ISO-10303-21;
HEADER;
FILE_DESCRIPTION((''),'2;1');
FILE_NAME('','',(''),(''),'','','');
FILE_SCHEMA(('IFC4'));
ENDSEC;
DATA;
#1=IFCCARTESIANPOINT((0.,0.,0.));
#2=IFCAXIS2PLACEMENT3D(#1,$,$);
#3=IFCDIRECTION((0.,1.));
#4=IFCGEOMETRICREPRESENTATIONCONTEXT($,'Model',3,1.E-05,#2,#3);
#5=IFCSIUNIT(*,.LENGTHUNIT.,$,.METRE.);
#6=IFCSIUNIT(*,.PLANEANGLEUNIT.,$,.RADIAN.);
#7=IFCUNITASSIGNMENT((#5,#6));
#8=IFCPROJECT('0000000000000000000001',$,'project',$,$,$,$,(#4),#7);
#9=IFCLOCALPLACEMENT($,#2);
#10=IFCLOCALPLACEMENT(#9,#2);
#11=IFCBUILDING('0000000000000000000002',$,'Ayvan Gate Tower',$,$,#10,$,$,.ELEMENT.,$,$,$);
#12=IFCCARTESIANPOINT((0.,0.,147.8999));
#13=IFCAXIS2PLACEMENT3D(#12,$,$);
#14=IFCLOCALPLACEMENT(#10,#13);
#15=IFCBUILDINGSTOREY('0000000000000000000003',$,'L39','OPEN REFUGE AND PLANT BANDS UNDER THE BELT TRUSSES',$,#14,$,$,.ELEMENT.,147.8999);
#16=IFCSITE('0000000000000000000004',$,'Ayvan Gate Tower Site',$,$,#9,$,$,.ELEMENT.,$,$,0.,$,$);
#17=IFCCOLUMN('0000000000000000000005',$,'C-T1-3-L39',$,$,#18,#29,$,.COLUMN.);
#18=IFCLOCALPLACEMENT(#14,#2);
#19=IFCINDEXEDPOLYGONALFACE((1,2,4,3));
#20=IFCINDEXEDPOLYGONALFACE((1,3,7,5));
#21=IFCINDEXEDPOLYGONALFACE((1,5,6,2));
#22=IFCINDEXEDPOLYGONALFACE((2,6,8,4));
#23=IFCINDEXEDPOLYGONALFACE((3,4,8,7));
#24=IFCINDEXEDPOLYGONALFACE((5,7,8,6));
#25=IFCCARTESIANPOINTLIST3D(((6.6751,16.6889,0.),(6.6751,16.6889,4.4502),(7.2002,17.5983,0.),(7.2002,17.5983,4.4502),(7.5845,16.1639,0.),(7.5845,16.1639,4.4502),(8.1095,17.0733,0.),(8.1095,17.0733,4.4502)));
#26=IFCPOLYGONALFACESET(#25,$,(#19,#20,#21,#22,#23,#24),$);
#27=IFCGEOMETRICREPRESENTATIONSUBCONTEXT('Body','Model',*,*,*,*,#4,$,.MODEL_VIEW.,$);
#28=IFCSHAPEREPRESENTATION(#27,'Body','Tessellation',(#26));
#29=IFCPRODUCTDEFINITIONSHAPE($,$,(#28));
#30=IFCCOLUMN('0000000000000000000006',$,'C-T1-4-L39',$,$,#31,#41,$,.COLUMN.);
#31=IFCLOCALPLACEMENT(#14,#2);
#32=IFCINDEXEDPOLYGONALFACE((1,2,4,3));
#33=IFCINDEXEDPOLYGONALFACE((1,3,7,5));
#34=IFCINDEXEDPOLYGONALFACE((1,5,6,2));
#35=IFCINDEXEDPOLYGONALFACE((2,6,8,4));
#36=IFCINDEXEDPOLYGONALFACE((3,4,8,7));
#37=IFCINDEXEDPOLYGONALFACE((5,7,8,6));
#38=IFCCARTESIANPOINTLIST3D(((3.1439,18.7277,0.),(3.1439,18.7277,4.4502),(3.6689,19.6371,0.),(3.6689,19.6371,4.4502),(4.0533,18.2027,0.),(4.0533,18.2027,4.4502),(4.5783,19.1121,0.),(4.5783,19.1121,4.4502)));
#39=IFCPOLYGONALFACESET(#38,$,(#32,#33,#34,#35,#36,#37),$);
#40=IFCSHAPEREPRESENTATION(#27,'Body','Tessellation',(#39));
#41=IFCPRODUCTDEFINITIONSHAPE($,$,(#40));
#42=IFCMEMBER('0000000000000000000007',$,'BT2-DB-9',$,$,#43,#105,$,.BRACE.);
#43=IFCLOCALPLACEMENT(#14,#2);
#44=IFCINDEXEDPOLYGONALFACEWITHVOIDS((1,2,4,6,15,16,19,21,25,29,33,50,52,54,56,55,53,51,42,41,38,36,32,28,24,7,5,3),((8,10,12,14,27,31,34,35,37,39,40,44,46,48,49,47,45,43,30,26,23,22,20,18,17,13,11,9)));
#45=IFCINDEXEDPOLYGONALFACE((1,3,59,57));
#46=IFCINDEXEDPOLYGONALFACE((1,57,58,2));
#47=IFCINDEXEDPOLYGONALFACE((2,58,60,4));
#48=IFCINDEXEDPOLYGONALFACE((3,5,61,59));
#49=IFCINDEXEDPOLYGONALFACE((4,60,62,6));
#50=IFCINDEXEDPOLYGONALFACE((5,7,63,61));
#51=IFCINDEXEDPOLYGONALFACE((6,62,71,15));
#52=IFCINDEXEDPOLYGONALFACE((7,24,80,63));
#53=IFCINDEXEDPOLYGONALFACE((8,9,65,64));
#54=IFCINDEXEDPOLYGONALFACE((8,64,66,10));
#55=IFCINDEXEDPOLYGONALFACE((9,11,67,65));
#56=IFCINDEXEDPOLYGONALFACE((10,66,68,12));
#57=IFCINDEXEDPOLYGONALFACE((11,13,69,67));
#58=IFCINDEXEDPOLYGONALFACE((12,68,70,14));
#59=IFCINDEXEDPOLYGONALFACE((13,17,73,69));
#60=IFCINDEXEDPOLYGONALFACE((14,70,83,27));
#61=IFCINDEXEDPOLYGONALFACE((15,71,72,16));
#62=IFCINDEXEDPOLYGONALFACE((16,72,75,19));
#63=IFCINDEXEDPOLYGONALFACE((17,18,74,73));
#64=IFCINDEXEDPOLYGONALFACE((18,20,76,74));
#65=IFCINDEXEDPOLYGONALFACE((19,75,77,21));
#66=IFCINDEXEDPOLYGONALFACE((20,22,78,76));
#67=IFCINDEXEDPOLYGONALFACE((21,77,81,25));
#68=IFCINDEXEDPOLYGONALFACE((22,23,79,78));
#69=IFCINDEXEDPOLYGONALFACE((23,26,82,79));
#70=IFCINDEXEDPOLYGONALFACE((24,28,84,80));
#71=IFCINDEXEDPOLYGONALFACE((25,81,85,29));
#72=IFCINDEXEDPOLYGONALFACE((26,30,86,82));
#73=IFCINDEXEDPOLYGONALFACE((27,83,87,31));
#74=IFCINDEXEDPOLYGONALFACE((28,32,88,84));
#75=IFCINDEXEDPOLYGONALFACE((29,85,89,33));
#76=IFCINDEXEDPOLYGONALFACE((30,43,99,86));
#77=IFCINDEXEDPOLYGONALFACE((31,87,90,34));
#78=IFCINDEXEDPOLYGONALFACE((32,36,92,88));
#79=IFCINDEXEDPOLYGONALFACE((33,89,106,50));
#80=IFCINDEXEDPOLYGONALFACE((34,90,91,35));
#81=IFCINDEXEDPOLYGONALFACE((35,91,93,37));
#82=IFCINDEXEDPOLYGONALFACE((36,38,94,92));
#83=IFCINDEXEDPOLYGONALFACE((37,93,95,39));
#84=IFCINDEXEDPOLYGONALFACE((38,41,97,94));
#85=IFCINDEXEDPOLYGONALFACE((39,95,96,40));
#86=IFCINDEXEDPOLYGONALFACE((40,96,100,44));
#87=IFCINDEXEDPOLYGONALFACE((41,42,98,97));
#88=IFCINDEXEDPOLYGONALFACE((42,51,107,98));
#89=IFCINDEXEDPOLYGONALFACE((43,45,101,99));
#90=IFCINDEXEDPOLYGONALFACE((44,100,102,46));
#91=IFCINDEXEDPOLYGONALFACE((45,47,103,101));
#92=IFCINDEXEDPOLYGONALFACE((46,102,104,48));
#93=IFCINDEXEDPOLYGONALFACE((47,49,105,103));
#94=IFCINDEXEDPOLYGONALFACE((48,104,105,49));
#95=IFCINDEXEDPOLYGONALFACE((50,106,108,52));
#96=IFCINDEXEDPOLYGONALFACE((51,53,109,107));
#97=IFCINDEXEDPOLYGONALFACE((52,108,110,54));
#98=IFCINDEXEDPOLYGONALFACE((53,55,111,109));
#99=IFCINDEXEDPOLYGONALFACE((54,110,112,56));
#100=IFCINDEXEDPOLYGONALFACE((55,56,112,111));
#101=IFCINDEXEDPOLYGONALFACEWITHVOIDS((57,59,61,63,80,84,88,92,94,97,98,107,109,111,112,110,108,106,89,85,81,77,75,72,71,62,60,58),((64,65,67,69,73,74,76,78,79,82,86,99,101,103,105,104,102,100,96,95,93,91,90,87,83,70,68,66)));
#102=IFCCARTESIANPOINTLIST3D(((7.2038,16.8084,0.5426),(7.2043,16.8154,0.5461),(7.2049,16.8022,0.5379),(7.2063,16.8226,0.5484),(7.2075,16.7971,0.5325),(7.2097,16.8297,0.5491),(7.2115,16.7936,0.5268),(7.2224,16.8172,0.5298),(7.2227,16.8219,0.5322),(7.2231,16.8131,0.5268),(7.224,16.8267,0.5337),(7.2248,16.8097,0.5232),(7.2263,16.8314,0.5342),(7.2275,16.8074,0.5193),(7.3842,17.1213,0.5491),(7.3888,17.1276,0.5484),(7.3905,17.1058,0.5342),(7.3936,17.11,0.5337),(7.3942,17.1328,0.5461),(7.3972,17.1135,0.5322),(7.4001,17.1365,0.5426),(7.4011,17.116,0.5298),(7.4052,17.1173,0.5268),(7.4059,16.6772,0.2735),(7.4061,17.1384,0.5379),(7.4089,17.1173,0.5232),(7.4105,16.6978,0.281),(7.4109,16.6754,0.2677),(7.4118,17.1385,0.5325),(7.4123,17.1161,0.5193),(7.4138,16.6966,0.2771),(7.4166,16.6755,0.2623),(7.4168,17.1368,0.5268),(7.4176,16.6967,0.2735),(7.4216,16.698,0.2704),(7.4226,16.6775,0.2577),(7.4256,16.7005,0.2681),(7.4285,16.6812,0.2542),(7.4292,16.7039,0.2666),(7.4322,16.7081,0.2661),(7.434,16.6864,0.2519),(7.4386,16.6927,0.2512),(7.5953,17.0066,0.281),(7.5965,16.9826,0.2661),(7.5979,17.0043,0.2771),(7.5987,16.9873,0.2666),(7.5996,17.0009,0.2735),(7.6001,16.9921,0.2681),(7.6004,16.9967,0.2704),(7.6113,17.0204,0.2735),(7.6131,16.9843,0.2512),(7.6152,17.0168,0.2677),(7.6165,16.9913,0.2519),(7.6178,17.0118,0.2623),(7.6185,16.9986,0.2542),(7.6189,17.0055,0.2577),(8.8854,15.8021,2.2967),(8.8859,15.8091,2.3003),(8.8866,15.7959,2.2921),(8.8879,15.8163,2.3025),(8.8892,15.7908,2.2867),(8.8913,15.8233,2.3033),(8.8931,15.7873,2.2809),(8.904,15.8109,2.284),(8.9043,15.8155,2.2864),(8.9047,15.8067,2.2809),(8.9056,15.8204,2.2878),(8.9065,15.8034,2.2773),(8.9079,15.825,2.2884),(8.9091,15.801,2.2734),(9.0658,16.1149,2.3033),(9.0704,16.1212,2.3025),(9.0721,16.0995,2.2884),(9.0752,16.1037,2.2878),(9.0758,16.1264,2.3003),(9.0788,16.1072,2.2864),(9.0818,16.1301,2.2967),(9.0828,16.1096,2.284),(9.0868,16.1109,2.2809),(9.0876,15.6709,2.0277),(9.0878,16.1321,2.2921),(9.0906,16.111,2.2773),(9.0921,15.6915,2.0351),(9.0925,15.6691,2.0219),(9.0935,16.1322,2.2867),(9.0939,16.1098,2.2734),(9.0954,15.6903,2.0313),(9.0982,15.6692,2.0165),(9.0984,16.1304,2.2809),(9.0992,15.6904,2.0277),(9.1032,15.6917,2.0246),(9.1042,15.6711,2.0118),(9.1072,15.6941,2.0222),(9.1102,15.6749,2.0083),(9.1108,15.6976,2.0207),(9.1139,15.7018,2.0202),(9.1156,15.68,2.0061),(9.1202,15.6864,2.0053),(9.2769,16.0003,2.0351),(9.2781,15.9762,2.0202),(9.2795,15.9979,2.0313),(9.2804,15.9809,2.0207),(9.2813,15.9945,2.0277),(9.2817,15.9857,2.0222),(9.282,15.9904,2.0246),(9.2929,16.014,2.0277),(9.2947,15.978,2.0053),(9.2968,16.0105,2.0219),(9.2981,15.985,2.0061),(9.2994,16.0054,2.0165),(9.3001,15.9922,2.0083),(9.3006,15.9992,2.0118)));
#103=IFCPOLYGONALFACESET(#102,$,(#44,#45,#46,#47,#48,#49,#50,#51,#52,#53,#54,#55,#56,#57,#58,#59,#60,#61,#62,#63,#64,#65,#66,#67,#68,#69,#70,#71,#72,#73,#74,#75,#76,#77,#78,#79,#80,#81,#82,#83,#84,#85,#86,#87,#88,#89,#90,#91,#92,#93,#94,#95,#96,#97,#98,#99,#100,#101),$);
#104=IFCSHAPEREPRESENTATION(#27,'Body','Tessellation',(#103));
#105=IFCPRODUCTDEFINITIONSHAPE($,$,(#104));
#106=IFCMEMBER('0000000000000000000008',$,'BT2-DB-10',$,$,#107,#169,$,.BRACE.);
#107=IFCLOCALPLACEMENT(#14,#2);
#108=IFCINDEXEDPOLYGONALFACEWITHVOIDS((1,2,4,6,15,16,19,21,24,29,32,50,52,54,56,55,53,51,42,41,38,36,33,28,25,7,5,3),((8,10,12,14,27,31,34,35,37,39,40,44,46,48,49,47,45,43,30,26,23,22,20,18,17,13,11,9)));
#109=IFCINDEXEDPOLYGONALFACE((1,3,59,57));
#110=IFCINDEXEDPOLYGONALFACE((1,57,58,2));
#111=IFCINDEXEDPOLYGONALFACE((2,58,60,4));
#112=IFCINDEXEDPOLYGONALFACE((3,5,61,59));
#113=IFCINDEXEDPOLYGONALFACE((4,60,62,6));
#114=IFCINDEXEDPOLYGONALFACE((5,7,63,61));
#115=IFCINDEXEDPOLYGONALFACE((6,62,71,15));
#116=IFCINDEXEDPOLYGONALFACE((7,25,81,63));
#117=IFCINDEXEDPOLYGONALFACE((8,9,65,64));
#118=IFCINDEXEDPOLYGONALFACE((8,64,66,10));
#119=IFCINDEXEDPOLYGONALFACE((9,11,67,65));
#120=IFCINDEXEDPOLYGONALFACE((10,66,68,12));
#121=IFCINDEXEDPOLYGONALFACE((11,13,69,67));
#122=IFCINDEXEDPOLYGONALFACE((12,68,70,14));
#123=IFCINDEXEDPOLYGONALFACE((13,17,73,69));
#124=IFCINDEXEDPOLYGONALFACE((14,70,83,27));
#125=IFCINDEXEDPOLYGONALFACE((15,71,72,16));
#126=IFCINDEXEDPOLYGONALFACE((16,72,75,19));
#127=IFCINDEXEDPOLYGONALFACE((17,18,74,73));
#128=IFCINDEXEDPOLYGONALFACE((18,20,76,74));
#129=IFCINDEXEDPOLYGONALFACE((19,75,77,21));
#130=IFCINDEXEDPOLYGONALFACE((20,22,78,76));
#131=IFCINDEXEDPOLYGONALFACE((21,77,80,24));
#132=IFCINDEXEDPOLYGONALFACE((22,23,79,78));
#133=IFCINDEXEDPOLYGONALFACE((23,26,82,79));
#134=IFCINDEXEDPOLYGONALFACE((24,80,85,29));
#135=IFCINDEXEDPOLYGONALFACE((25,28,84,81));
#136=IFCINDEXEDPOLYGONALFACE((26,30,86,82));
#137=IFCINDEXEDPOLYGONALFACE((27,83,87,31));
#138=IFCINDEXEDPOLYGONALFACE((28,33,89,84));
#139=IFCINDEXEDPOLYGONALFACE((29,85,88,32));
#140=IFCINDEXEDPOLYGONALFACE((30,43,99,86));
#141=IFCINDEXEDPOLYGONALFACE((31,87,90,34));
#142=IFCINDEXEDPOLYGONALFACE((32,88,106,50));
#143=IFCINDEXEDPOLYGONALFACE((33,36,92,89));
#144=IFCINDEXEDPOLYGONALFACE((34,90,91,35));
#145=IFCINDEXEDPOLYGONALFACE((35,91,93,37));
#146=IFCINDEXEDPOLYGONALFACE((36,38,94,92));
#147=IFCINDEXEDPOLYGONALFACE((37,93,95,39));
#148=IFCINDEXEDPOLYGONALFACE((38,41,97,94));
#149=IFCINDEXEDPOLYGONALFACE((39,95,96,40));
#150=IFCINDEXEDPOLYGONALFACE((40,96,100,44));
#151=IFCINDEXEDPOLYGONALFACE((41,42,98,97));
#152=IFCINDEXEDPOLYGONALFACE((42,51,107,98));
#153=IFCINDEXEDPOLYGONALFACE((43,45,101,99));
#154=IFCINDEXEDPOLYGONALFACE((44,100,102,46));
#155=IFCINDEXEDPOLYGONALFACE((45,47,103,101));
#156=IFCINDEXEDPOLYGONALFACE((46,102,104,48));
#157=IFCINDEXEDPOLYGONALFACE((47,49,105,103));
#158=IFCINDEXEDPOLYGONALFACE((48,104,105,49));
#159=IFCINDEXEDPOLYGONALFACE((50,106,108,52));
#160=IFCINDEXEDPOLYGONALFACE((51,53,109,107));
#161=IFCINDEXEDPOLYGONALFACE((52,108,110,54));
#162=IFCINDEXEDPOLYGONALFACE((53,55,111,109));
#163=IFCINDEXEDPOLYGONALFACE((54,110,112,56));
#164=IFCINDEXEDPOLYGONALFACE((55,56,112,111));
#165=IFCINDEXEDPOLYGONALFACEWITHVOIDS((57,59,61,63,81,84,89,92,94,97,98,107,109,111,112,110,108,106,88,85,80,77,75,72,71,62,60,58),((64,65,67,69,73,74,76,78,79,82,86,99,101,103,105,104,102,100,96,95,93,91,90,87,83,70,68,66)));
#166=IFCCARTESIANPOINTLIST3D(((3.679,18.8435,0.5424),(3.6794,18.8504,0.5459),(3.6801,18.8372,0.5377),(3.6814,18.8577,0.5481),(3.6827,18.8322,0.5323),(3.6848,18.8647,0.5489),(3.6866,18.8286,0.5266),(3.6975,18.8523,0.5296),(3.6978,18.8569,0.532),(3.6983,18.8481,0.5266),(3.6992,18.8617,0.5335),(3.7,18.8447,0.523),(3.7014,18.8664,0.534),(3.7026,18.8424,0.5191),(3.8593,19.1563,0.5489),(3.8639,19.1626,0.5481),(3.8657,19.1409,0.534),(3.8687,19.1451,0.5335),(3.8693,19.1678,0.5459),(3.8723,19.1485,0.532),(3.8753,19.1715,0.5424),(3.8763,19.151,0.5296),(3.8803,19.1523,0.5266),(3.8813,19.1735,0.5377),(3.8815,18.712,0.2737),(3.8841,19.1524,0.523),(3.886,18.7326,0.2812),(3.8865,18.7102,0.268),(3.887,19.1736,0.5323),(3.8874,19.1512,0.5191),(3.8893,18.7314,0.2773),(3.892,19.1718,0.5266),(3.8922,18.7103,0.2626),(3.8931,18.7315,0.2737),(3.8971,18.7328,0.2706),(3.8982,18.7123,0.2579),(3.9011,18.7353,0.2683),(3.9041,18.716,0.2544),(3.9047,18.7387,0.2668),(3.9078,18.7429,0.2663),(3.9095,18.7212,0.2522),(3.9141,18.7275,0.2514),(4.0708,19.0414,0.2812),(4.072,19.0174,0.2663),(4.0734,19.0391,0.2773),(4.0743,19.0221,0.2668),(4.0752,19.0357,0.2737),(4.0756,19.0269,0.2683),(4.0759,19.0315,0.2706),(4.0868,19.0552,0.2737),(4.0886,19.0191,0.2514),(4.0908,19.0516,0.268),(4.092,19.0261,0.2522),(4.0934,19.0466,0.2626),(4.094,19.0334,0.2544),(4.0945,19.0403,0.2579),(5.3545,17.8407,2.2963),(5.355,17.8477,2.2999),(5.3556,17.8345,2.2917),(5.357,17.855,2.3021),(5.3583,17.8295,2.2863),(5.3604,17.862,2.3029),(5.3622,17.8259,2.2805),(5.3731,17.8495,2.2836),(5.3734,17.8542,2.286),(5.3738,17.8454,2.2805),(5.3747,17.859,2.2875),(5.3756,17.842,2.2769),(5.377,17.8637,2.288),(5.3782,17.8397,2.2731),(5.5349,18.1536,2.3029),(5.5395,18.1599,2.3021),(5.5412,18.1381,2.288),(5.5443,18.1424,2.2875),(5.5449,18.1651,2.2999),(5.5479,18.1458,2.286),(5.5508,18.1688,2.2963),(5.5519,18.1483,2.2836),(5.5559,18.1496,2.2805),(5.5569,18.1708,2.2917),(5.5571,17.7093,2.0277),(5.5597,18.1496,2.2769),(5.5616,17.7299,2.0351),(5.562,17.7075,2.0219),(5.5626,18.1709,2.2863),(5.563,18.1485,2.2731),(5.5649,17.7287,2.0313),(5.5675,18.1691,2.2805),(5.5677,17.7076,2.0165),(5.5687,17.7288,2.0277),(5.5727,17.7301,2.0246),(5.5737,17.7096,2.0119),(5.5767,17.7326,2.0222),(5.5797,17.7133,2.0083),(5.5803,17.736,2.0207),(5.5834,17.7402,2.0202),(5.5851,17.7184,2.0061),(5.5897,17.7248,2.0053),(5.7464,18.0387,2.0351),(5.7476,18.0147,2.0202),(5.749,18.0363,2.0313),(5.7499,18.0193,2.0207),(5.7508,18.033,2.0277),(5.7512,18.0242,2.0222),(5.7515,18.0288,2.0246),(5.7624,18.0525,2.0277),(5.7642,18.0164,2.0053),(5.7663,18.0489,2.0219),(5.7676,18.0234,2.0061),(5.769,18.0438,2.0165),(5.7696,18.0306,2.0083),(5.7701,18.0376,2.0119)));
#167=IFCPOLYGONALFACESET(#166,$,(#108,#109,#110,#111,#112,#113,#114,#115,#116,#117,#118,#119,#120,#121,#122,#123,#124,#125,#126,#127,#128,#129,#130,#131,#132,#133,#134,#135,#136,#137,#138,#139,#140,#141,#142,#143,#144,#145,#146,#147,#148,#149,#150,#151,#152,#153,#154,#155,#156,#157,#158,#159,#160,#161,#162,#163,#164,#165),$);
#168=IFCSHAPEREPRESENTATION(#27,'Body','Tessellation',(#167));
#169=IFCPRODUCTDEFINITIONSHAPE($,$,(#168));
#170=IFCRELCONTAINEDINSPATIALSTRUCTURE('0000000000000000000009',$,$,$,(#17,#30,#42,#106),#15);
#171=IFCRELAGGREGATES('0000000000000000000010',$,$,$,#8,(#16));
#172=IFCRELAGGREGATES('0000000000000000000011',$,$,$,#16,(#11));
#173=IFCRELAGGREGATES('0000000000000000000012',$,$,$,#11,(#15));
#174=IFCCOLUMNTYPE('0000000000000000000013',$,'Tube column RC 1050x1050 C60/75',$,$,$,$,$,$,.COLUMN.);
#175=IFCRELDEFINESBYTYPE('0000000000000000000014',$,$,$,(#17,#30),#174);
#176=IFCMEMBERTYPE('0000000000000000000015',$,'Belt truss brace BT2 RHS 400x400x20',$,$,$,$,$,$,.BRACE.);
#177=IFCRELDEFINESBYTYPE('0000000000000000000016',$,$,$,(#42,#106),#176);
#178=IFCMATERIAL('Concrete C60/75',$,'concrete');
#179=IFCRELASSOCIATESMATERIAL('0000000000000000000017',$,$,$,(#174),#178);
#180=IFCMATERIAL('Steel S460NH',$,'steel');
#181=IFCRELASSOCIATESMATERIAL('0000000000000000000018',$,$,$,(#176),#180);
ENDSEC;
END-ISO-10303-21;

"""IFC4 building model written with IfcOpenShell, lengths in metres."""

from ifc_helpers import new_model, si_unit, direction, frame, origin, origin_2d, place, context, subcontext, project, spatial, rectangle, hollow_rectangle, extrude, material, material_profile, profile_set, type_object, element, save


model = new_model("IFC4")

# Units and contexts
model_context = context("Model", 3, precision=1e-05, world=origin(), true_north=direction((0.0, 1.0)))
body_context = subcontext(model_context, "Body", "Model", "MODEL_VIEW")
ifc_project = project(units=[si_unit("LENGTHUNIT", "METRE"), si_unit("PLANEANGLEUNIT", "RADIAN")], contexts=[model_context])

# Site, building, storey
site_placement = place(None, origin())
site = spatial("IfcSite", under=ifc_project, at=site_placement, Name="Ayvan Gate Tower Site", CompositionType="ELEMENT", RefElevation=0.0)
building_placement = place(site_placement, origin())
building = spatial("IfcBuilding", under=site, at=building_placement, Name="Ayvan Gate Tower", CompositionType="ELEMENT")
storey_placement = place(building_placement, frame((0.0, 0.0, 147.8999)))
storey = spatial("IfcBuildingStorey", under=building, at=storey_placement, Name="L39", Description="OPEN REFUGE AND PLANT BANDS UNDER THE BELT TRUSSES", CompositionType="ELEMENT", Elevation=147.8999)

# Columns
ifc_material_1 = material(Name="Concrete C60/75", Category="concrete")
ifc_material_profile_1 = material_profile(ifc_material_1, rectangle(XDim=1.05, YDim=1.05, at=origin_2d()), Name="RC 1050x1050")
ifc_profile_set_1 = profile_set([ifc_material_profile_1], Name="Concrete C60/75")
column_type = type_object("IfcColumnType", Name="Tube column RC 1050x1050 C60/75", PredefinedType="COLUMN", material=ifc_profile_set_1)
for number, where, z_axis, x_axis, name in (
    (1, (7.3923, 16.8811, 0.0), (0.0, 0.0, 1.0), (0.5, 0.866025, 0.0), "C-T1-3-L39"),
    (2, (3.8611, 18.9199, 0.0), (0.0, 0.0, 1.0), (0.5, 0.866025, 0.0), "C-T1-4-L39"),
):
    element("IfcColumn", number, at=place(storey_placement, frame(where, z_axis=z_axis, x_axis=x_axis)), inside=storey, type_object=column_type, Name=name, PredefinedType="COLUMN", context=body_context, shape_type="SweptSolid", body=[
        extrude(rectangle(XDim=1.05, YDim=1.05, at=origin_2d()), origin(), (0.0, 0.0, 1.0), 4.4502),
    ])

# Members
ifc_material_2 = material(Name="Steel S460NH", Category="steel")
ifc_material_profile_2 = material_profile(ifc_material_2, hollow_rectangle(XDim=0.3999, YDim=0.3999, WallThickness=0.02, InnerFilletRadius=0.02, OuterFilletRadius=0.03, at=origin_2d()), Name="RHS 400x400x20")
ifc_profile_set_2 = profile_set([ifc_material_profile_2], Name="Steel S460NH")
member_type_1 = type_object("IfcMemberType", Name="Belt truss brace BT2 RHS 400x400x20", PredefinedType="BRACE", material=ifc_profile_set_2)
member_1_placement = place(storey_placement, frame((7.4114, 16.907, 0.4001), z_axis=(0.63937, -0.38262, 0.666939), x_axis=(0.513506, 0.858086, 0.0)))
element("IfcMember", 3, at=member_1_placement, inside=storey, type_object=member_type_1, Name="BT2-DB-9", PredefinedType="BRACE", context=body_context, shape_type="SweptSolid", body=[
    extrude(hollow_rectangle(XDim=0.3999, YDim=0.3999, WallThickness=0.02, InnerFilletRadius=0.02, OuterFilletRadius=0.03, at=origin_2d()), origin(), (0.0, 0.0, 1.0), 2.6301),
])
member_2_placement = place(storey_placement, frame((3.8867, 18.9419, 0.4001), z_axis=(0.638376, -0.382021, 0.668234), x_axis=(0.513503, 0.858088, 0.0)))
element("IfcMember", 4, at=member_2_placement, inside=storey, type_object=member_type_1, Name="BT2-DB-10", PredefinedType="BRACE", context=body_context, shape_type="SweptSolid", body=[
    extrude(hollow_rectangle(XDim=0.3999, YDim=0.3999, WallThickness=0.02, InnerFilletRadius=0.02, OuterFilletRadius=0.03, at=origin_2d()), origin(), (0.0, 0.0, 1.0), 2.6248),
])

save(model, "model.ifc")
